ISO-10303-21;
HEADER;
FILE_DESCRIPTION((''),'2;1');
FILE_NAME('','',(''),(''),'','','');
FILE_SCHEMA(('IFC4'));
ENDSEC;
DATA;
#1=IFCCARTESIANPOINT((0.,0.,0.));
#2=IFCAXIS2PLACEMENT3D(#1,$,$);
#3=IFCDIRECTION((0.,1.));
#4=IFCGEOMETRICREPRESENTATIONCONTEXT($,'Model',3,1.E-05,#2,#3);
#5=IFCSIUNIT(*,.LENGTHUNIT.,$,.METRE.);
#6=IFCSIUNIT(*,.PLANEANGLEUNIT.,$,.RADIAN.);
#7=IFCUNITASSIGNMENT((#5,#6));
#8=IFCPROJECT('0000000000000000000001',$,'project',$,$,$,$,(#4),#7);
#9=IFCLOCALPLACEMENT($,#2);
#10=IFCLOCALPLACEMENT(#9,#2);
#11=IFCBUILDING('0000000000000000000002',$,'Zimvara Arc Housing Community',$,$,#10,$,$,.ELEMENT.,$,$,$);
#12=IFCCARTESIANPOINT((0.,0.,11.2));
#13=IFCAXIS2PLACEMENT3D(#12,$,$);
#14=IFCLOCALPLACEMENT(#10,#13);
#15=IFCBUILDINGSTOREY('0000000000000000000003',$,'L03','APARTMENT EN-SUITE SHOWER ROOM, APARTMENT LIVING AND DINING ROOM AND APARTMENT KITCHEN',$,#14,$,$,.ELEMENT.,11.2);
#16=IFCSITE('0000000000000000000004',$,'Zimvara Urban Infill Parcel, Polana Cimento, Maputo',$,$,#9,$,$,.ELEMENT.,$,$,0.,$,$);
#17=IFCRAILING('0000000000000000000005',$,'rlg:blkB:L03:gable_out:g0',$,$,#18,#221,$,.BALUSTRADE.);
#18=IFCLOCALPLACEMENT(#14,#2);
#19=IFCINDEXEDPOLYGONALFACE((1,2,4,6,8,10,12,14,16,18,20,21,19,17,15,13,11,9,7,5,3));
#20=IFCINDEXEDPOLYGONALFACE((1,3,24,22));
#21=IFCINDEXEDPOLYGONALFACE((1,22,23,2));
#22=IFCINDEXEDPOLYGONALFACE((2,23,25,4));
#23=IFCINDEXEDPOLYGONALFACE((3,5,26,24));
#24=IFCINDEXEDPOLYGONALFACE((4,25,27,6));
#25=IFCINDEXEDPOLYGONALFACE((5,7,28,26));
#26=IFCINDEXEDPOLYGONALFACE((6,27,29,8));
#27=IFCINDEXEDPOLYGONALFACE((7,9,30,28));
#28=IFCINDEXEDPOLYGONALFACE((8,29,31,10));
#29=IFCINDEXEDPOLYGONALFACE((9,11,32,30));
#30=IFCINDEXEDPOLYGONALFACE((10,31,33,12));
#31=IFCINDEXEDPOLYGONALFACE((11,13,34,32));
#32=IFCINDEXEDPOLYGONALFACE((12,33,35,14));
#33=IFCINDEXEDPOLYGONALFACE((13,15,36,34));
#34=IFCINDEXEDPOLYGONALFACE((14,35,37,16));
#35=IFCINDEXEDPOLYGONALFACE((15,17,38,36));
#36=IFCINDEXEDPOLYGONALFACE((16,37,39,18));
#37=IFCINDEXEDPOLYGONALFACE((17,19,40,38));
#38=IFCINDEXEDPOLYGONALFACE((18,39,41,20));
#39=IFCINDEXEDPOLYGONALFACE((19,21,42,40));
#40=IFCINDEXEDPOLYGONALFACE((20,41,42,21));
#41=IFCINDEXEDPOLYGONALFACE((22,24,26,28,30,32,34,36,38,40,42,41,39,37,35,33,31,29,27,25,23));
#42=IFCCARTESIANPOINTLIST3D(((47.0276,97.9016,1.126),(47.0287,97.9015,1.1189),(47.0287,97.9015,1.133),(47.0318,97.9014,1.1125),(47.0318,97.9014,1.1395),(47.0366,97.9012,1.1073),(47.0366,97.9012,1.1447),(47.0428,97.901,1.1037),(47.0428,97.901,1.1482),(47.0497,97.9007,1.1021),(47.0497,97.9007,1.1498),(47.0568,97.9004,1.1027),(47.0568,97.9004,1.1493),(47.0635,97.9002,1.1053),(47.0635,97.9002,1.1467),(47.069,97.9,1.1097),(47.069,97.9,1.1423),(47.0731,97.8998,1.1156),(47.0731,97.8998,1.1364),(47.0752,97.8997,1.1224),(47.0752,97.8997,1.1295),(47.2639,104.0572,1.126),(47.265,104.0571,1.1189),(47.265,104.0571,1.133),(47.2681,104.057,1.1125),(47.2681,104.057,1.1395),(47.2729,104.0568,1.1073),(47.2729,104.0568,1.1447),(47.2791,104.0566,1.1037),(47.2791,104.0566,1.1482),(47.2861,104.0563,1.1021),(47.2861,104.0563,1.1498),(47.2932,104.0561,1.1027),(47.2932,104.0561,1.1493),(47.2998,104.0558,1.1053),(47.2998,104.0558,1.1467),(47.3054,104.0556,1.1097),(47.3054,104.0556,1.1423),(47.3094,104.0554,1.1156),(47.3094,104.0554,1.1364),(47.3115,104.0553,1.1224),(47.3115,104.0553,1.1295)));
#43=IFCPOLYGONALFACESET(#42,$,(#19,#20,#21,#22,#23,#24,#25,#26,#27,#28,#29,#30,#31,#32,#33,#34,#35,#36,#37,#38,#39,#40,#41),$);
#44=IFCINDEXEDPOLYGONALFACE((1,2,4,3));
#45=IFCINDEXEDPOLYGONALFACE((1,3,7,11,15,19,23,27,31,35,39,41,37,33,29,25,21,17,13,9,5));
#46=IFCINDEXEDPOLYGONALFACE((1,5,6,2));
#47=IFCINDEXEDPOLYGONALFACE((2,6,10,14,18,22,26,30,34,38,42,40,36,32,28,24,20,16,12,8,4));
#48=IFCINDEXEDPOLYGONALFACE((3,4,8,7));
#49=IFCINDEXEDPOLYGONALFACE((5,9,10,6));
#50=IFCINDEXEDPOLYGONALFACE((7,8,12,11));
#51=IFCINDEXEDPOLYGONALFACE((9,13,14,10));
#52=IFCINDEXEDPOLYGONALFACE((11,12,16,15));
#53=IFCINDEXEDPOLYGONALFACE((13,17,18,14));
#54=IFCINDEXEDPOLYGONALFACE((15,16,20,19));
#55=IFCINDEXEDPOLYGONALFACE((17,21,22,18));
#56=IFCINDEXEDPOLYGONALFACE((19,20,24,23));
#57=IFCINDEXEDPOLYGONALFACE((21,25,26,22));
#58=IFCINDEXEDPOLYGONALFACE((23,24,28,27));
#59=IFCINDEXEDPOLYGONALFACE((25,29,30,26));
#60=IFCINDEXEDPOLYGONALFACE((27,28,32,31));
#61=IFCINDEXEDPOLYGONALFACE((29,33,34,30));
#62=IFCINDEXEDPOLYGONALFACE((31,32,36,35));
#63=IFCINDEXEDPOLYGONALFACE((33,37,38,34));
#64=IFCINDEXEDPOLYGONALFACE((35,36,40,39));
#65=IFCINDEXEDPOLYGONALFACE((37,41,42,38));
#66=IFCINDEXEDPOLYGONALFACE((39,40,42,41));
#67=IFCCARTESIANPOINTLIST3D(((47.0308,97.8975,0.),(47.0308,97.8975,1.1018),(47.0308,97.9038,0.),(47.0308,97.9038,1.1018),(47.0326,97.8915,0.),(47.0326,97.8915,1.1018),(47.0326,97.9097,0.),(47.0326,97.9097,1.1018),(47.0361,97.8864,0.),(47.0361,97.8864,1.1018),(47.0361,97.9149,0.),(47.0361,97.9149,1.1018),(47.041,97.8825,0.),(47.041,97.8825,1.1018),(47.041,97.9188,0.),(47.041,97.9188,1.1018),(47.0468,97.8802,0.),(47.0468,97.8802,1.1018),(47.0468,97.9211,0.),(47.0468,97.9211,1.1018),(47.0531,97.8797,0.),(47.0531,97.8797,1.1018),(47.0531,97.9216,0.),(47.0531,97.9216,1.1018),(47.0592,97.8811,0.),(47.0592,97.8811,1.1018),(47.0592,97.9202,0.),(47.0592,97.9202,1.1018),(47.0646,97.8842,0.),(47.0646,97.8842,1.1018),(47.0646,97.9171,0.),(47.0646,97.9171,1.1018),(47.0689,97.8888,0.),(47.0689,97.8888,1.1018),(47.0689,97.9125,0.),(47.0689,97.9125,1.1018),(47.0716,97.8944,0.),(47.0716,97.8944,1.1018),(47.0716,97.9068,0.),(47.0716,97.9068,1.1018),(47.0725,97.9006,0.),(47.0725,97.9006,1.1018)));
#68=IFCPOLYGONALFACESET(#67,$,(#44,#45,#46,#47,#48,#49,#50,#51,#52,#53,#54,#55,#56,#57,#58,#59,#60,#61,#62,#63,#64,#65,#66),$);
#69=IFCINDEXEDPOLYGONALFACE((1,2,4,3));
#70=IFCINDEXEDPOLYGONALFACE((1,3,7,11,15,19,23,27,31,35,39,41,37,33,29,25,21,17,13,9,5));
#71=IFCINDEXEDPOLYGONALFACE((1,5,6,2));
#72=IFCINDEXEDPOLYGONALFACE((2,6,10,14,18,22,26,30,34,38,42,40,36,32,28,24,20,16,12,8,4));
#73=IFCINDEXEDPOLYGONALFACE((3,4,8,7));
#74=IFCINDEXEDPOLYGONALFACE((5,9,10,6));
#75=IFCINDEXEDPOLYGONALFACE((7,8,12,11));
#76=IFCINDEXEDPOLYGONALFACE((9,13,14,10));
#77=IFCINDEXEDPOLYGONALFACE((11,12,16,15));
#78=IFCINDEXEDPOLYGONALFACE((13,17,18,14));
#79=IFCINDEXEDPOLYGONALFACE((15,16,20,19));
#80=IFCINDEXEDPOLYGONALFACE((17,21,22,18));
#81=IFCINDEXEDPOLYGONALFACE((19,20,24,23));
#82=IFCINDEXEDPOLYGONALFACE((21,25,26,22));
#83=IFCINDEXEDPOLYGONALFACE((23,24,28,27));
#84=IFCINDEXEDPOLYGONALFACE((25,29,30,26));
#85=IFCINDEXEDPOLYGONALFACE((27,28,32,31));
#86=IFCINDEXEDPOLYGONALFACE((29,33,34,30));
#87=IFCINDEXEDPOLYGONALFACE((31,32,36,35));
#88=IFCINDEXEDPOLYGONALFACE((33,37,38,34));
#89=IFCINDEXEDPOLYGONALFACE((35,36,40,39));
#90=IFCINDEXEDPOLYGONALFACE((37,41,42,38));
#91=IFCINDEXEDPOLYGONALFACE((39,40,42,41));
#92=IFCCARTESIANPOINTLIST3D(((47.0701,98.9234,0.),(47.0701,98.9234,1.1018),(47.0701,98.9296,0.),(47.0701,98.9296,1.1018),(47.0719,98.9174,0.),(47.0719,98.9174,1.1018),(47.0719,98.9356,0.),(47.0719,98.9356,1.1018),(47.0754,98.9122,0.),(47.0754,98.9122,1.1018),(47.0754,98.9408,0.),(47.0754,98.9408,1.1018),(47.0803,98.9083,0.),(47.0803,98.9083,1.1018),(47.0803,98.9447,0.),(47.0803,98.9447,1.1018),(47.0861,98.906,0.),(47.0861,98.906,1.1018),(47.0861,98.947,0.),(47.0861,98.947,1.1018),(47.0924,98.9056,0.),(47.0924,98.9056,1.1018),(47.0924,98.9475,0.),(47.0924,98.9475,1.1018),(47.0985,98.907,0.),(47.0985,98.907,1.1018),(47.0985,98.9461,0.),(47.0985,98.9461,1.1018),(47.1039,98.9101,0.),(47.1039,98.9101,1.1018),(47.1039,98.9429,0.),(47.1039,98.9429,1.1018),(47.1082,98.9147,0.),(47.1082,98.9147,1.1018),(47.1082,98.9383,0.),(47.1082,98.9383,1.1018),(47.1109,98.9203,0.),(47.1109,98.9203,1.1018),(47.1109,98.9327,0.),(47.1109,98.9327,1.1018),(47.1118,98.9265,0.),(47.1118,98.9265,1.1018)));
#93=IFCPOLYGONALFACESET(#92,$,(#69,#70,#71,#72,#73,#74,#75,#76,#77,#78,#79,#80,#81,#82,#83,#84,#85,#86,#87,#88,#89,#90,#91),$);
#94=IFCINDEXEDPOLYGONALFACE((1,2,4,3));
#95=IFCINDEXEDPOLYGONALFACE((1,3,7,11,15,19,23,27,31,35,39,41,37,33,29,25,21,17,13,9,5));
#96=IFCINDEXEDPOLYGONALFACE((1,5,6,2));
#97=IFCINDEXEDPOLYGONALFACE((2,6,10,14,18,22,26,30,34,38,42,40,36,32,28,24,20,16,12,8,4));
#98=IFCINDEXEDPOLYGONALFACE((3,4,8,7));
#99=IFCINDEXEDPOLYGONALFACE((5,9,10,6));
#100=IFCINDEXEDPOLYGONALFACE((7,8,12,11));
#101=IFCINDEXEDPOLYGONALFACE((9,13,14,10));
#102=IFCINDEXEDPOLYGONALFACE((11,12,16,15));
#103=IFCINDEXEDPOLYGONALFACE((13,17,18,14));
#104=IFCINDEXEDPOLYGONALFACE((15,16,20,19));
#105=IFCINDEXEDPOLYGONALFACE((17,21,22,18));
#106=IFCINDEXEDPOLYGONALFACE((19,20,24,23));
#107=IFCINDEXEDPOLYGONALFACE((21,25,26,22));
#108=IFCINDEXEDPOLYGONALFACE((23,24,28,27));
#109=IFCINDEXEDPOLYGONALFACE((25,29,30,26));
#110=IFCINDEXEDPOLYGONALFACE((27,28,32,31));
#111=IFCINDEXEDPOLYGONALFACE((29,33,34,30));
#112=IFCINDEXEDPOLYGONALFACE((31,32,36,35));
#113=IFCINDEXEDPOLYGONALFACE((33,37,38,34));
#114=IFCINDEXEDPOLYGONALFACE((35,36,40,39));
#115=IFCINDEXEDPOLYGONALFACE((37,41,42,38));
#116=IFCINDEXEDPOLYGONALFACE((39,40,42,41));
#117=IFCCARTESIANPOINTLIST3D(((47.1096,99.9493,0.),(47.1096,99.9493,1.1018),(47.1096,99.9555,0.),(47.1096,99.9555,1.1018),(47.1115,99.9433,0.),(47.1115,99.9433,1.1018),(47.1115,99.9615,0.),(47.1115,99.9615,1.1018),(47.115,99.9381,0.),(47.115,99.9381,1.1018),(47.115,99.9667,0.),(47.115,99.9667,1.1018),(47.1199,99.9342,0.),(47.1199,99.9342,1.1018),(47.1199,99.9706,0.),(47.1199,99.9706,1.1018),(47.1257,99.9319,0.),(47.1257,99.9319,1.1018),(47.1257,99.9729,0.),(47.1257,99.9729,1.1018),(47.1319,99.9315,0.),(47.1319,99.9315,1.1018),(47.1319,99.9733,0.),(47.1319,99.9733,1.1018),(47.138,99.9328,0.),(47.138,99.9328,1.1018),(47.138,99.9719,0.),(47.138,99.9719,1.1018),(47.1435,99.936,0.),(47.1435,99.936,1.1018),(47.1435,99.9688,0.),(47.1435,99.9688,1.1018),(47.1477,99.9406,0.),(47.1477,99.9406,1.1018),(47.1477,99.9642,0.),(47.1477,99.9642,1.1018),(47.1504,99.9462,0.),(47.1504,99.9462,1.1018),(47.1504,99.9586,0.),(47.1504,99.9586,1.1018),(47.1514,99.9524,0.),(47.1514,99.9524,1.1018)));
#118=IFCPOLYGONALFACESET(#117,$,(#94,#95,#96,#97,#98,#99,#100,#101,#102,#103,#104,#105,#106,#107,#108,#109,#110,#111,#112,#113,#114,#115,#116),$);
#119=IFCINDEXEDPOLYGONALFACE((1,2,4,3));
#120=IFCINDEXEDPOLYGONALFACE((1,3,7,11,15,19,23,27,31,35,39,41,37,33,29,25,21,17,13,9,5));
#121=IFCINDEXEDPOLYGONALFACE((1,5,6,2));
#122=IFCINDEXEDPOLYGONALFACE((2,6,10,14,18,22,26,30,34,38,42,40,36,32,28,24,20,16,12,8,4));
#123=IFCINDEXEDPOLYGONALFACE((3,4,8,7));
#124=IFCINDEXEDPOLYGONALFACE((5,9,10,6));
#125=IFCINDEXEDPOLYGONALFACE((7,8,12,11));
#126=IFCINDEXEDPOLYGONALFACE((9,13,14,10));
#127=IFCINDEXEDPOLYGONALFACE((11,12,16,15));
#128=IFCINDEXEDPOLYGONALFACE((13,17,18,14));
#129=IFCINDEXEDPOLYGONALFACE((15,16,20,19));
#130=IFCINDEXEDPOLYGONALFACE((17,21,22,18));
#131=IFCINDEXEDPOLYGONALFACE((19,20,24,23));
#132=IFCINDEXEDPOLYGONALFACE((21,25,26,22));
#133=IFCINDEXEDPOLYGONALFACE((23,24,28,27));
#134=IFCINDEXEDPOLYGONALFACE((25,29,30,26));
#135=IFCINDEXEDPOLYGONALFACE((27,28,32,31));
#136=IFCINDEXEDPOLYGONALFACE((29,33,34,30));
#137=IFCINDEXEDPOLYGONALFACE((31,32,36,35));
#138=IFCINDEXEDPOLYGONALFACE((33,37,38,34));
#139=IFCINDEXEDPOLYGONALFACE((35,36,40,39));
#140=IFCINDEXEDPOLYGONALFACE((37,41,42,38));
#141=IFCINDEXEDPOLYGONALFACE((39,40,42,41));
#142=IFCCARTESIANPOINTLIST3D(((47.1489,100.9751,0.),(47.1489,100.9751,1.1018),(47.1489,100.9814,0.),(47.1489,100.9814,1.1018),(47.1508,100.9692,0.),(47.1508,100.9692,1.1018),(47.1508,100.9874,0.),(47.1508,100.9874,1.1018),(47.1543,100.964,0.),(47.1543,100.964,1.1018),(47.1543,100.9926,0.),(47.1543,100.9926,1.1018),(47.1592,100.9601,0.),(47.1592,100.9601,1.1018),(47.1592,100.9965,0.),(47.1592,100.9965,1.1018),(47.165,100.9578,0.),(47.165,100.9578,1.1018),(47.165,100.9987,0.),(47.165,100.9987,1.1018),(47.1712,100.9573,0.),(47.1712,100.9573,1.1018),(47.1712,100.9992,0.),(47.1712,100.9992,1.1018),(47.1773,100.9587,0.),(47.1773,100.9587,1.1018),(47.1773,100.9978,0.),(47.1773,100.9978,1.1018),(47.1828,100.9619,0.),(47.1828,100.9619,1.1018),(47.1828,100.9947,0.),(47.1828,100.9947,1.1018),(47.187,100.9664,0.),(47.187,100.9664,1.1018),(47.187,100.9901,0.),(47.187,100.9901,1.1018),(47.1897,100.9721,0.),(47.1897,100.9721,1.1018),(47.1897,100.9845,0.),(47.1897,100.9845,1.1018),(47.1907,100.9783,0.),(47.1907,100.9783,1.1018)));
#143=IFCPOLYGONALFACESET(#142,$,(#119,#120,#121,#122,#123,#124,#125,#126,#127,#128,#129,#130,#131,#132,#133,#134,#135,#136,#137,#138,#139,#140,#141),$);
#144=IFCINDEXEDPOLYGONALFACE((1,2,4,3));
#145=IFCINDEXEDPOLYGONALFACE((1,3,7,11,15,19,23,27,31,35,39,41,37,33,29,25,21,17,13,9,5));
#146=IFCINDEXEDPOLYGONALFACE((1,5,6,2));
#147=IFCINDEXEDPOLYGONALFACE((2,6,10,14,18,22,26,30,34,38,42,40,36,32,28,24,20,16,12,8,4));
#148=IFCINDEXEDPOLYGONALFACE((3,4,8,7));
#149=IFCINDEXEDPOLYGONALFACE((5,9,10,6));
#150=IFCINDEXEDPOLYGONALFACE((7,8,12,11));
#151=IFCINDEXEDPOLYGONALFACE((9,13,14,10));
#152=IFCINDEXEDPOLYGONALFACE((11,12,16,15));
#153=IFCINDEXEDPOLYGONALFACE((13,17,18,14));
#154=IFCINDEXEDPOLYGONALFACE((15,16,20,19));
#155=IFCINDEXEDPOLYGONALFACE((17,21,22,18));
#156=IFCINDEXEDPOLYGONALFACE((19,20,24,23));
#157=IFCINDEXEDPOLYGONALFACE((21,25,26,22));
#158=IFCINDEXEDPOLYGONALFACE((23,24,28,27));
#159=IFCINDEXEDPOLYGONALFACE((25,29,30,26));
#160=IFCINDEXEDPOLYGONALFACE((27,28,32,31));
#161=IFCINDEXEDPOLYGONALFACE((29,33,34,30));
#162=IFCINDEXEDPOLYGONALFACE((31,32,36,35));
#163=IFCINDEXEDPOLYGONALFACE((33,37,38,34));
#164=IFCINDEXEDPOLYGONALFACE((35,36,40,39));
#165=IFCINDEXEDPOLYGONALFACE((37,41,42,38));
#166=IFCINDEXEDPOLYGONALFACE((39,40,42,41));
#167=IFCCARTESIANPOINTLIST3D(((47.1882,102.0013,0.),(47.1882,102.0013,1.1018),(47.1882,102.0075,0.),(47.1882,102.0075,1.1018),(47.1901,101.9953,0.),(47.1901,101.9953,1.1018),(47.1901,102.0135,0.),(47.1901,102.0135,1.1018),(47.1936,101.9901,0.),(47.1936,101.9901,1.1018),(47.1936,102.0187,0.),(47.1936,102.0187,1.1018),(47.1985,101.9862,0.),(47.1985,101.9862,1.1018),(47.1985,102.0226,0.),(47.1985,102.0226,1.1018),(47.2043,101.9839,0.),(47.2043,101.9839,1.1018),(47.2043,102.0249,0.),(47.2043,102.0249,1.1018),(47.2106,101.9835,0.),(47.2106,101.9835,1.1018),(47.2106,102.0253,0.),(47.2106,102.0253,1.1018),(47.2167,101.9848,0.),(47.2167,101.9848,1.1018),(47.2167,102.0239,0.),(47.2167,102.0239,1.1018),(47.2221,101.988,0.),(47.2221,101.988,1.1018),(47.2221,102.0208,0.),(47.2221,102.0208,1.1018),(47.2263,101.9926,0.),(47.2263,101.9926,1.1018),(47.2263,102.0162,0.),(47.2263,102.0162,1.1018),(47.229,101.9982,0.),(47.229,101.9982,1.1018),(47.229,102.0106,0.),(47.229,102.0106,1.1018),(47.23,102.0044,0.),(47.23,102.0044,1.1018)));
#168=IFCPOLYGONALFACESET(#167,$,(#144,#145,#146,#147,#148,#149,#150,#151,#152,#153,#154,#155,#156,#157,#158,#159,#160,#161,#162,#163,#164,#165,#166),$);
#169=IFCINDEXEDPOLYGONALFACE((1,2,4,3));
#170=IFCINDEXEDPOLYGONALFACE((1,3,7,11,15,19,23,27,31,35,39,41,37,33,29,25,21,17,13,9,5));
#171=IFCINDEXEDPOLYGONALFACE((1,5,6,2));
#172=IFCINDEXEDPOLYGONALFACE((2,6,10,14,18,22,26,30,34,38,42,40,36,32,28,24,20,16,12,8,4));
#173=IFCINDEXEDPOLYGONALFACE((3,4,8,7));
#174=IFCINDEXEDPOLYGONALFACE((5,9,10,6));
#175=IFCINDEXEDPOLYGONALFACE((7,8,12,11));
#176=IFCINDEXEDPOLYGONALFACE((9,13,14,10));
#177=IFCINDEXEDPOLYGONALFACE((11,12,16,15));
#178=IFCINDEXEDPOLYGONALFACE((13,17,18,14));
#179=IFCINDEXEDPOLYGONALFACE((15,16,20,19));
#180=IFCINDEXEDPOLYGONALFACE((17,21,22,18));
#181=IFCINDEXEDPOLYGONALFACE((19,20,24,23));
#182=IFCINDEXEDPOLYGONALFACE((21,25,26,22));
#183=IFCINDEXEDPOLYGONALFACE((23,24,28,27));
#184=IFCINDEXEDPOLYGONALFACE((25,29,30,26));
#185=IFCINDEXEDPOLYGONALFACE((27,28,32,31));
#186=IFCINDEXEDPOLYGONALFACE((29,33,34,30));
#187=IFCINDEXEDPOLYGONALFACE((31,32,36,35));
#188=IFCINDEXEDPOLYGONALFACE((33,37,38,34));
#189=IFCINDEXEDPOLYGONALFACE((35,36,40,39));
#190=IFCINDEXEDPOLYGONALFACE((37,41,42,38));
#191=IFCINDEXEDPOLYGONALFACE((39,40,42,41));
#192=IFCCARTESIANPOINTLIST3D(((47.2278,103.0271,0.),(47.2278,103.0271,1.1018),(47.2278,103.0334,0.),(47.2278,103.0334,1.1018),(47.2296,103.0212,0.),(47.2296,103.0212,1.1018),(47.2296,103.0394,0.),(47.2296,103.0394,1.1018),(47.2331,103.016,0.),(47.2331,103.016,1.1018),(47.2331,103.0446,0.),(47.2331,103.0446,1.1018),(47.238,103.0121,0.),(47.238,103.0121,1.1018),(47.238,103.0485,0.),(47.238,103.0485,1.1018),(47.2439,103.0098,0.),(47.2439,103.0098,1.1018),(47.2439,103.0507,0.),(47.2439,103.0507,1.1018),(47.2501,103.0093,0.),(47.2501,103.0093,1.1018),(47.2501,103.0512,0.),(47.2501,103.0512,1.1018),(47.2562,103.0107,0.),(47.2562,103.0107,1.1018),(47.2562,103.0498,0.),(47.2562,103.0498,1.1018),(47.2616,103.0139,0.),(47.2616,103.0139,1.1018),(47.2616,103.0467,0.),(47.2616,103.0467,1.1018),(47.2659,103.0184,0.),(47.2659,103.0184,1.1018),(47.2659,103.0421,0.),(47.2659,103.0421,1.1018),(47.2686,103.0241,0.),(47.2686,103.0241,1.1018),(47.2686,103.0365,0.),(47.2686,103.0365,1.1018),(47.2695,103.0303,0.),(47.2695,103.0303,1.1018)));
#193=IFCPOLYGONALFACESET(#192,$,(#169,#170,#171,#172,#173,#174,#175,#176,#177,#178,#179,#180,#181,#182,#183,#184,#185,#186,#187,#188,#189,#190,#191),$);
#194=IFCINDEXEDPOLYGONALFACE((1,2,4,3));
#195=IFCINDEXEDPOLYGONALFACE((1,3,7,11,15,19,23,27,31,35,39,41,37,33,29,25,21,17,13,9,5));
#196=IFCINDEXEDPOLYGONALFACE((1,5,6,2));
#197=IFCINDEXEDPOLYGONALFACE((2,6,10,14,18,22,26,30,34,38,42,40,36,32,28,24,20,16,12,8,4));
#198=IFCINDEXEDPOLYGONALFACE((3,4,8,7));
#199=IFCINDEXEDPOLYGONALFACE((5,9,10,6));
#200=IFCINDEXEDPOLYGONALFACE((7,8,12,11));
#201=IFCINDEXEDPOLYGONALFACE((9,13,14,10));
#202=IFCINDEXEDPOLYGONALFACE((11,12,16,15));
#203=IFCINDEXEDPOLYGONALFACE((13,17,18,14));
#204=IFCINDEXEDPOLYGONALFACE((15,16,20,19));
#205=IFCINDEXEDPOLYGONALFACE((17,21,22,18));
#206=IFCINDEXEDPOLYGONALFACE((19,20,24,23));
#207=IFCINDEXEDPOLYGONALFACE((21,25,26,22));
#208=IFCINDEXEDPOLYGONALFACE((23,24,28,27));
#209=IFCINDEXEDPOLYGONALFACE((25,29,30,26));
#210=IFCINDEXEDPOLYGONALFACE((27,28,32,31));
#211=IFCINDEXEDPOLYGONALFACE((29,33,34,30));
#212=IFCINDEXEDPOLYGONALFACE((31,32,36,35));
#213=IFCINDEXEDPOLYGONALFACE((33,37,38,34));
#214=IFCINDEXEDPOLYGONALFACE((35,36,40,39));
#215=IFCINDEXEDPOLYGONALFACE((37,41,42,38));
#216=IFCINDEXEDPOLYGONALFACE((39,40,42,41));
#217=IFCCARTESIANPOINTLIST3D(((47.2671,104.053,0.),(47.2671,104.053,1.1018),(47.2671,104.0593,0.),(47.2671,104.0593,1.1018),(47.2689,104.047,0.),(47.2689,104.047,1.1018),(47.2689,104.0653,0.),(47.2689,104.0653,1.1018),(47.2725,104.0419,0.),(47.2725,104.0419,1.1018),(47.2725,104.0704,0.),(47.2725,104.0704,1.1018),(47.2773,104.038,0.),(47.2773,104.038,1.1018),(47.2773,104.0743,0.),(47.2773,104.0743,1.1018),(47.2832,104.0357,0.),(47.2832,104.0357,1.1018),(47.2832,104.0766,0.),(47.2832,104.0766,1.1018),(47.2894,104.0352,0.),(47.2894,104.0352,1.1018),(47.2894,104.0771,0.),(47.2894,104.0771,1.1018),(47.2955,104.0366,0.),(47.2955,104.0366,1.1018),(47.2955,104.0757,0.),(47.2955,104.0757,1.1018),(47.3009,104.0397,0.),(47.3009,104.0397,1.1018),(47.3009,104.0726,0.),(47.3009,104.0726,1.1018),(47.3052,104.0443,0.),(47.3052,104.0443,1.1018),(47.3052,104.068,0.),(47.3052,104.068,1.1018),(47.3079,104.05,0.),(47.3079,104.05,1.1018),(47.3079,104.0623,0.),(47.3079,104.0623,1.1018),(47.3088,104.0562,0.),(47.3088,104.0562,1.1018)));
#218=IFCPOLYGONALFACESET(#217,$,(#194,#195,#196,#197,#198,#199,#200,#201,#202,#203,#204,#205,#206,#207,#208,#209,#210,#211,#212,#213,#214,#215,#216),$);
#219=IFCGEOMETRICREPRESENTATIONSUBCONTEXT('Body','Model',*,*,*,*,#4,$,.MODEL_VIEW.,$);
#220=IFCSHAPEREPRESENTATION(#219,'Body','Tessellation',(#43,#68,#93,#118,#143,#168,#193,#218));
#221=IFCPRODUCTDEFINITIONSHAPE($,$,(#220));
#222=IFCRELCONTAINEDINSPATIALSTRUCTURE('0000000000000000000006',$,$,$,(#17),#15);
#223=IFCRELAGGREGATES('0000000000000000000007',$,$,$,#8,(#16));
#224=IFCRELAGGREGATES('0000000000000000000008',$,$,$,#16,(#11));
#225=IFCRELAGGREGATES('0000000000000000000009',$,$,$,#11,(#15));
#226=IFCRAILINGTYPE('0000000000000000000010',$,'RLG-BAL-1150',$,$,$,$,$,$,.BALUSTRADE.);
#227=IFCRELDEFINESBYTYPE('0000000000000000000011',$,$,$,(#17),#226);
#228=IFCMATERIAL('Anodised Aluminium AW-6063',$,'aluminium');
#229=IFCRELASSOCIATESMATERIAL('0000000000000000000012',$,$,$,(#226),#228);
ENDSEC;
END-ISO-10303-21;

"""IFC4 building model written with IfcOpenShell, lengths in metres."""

from ifc_helpers import new_model, si_unit, direction, frame, origin, origin_2d, place, context, subcontext, project, spatial, circle, extrude, material, type_object, element, save


model = new_model("IFC4")

# Units and contexts
model_context = context("Model", 3, precision=1e-05, world=origin(), true_north=direction((0.0, 1.0)))
body_context = subcontext(model_context, "Body", "Model", "MODEL_VIEW")
ifc_project = project(units=[si_unit("LENGTHUNIT", "METRE"), si_unit("PLANEANGLEUNIT", "RADIAN")], contexts=[model_context])

# Site, building, storey
site_placement = place(None, origin())
site = spatial("IfcSite", under=ifc_project, at=site_placement, Name="Zimvara Urban Infill Parcel, Polana Cimento, Maputo", CompositionType="ELEMENT", RefElevation=0.0)
building_placement = place(site_placement, origin())
building = spatial("IfcBuilding", under=site, at=building_placement, Name="Zimvara Arc Housing Community", CompositionType="ELEMENT")
storey_placement = place(building_placement, frame((0.0, 0.0, 11.2)))
storey = spatial("IfcBuildingStorey", under=building, at=storey_placement, Name="L03", Description="APARTMENT EN-SUITE SHOWER ROOM, APARTMENT LIVING AND DINING ROOM AND APARTMENT KITCHEN", CompositionType="ELEMENT", Elevation=11.2)

# Railing
ifc_material_1 = material(Name="Anodised Aluminium AW-6063", Category="aluminium")
railing_type_1 = type_object("IfcRailingType", Name="RLG-BAL-1150", PredefinedType="BALUSTRADE", material=ifc_material_1)
railing_1_placement = place(storey_placement, frame((47.0515, 97.9006, 0.0)))
element("IfcRailing", 1, at=railing_1_placement, inside=storey, type_object=railing_type_1, Name="rlg:blkB:L03:gable_out:g0", PredefinedType="BALUSTRADE", context=body_context, shape_type="SweptSolid", body=[
    extrude(circle(Radius=0.0239, at=origin_2d()), frame((0.0, 0.0, 1.126), z_axis=(0.038365, 0.999264, 0.0), x_axis=(-0.999264, 0.038365, 0.0)), (0.0, 0.0, 1.0), 6.1602),
    extrude(circle(Radius=0.021, at=origin_2d()), origin(), (0.0, 0.0, 1.0), 1.1018),
    extrude(circle(Radius=0.021, at=origin_2d()), frame((0.0393, 1.0259, 0.0)), (0.0, 0.0, 1.0), 1.1018),
    extrude(circle(Radius=0.021, at=origin_2d()), frame((0.0789, 2.0518, 0.0)), (0.0, 0.0, 1.0), 1.1018),
    extrude(circle(Radius=0.021, at=origin_2d()), frame((0.1182, 3.0776, 0.0)), (0.0, 0.0, 1.0), 1.1018),
    extrude(circle(Radius=0.021, at=origin_2d()), frame((0.1575, 4.1038, 0.0)), (0.0, 0.0, 1.0), 1.1018),
    extrude(circle(Radius=0.021, at=origin_2d()), frame((0.197, 5.1296, 0.0)), (0.0, 0.0, 1.0), 1.1018),
    extrude(circle(Radius=0.021, at=origin_2d()), frame((0.2363, 6.1555, 0.0)), (0.0, 0.0, 1.0), 1.1018),
])

save(model, "model.ifc")
